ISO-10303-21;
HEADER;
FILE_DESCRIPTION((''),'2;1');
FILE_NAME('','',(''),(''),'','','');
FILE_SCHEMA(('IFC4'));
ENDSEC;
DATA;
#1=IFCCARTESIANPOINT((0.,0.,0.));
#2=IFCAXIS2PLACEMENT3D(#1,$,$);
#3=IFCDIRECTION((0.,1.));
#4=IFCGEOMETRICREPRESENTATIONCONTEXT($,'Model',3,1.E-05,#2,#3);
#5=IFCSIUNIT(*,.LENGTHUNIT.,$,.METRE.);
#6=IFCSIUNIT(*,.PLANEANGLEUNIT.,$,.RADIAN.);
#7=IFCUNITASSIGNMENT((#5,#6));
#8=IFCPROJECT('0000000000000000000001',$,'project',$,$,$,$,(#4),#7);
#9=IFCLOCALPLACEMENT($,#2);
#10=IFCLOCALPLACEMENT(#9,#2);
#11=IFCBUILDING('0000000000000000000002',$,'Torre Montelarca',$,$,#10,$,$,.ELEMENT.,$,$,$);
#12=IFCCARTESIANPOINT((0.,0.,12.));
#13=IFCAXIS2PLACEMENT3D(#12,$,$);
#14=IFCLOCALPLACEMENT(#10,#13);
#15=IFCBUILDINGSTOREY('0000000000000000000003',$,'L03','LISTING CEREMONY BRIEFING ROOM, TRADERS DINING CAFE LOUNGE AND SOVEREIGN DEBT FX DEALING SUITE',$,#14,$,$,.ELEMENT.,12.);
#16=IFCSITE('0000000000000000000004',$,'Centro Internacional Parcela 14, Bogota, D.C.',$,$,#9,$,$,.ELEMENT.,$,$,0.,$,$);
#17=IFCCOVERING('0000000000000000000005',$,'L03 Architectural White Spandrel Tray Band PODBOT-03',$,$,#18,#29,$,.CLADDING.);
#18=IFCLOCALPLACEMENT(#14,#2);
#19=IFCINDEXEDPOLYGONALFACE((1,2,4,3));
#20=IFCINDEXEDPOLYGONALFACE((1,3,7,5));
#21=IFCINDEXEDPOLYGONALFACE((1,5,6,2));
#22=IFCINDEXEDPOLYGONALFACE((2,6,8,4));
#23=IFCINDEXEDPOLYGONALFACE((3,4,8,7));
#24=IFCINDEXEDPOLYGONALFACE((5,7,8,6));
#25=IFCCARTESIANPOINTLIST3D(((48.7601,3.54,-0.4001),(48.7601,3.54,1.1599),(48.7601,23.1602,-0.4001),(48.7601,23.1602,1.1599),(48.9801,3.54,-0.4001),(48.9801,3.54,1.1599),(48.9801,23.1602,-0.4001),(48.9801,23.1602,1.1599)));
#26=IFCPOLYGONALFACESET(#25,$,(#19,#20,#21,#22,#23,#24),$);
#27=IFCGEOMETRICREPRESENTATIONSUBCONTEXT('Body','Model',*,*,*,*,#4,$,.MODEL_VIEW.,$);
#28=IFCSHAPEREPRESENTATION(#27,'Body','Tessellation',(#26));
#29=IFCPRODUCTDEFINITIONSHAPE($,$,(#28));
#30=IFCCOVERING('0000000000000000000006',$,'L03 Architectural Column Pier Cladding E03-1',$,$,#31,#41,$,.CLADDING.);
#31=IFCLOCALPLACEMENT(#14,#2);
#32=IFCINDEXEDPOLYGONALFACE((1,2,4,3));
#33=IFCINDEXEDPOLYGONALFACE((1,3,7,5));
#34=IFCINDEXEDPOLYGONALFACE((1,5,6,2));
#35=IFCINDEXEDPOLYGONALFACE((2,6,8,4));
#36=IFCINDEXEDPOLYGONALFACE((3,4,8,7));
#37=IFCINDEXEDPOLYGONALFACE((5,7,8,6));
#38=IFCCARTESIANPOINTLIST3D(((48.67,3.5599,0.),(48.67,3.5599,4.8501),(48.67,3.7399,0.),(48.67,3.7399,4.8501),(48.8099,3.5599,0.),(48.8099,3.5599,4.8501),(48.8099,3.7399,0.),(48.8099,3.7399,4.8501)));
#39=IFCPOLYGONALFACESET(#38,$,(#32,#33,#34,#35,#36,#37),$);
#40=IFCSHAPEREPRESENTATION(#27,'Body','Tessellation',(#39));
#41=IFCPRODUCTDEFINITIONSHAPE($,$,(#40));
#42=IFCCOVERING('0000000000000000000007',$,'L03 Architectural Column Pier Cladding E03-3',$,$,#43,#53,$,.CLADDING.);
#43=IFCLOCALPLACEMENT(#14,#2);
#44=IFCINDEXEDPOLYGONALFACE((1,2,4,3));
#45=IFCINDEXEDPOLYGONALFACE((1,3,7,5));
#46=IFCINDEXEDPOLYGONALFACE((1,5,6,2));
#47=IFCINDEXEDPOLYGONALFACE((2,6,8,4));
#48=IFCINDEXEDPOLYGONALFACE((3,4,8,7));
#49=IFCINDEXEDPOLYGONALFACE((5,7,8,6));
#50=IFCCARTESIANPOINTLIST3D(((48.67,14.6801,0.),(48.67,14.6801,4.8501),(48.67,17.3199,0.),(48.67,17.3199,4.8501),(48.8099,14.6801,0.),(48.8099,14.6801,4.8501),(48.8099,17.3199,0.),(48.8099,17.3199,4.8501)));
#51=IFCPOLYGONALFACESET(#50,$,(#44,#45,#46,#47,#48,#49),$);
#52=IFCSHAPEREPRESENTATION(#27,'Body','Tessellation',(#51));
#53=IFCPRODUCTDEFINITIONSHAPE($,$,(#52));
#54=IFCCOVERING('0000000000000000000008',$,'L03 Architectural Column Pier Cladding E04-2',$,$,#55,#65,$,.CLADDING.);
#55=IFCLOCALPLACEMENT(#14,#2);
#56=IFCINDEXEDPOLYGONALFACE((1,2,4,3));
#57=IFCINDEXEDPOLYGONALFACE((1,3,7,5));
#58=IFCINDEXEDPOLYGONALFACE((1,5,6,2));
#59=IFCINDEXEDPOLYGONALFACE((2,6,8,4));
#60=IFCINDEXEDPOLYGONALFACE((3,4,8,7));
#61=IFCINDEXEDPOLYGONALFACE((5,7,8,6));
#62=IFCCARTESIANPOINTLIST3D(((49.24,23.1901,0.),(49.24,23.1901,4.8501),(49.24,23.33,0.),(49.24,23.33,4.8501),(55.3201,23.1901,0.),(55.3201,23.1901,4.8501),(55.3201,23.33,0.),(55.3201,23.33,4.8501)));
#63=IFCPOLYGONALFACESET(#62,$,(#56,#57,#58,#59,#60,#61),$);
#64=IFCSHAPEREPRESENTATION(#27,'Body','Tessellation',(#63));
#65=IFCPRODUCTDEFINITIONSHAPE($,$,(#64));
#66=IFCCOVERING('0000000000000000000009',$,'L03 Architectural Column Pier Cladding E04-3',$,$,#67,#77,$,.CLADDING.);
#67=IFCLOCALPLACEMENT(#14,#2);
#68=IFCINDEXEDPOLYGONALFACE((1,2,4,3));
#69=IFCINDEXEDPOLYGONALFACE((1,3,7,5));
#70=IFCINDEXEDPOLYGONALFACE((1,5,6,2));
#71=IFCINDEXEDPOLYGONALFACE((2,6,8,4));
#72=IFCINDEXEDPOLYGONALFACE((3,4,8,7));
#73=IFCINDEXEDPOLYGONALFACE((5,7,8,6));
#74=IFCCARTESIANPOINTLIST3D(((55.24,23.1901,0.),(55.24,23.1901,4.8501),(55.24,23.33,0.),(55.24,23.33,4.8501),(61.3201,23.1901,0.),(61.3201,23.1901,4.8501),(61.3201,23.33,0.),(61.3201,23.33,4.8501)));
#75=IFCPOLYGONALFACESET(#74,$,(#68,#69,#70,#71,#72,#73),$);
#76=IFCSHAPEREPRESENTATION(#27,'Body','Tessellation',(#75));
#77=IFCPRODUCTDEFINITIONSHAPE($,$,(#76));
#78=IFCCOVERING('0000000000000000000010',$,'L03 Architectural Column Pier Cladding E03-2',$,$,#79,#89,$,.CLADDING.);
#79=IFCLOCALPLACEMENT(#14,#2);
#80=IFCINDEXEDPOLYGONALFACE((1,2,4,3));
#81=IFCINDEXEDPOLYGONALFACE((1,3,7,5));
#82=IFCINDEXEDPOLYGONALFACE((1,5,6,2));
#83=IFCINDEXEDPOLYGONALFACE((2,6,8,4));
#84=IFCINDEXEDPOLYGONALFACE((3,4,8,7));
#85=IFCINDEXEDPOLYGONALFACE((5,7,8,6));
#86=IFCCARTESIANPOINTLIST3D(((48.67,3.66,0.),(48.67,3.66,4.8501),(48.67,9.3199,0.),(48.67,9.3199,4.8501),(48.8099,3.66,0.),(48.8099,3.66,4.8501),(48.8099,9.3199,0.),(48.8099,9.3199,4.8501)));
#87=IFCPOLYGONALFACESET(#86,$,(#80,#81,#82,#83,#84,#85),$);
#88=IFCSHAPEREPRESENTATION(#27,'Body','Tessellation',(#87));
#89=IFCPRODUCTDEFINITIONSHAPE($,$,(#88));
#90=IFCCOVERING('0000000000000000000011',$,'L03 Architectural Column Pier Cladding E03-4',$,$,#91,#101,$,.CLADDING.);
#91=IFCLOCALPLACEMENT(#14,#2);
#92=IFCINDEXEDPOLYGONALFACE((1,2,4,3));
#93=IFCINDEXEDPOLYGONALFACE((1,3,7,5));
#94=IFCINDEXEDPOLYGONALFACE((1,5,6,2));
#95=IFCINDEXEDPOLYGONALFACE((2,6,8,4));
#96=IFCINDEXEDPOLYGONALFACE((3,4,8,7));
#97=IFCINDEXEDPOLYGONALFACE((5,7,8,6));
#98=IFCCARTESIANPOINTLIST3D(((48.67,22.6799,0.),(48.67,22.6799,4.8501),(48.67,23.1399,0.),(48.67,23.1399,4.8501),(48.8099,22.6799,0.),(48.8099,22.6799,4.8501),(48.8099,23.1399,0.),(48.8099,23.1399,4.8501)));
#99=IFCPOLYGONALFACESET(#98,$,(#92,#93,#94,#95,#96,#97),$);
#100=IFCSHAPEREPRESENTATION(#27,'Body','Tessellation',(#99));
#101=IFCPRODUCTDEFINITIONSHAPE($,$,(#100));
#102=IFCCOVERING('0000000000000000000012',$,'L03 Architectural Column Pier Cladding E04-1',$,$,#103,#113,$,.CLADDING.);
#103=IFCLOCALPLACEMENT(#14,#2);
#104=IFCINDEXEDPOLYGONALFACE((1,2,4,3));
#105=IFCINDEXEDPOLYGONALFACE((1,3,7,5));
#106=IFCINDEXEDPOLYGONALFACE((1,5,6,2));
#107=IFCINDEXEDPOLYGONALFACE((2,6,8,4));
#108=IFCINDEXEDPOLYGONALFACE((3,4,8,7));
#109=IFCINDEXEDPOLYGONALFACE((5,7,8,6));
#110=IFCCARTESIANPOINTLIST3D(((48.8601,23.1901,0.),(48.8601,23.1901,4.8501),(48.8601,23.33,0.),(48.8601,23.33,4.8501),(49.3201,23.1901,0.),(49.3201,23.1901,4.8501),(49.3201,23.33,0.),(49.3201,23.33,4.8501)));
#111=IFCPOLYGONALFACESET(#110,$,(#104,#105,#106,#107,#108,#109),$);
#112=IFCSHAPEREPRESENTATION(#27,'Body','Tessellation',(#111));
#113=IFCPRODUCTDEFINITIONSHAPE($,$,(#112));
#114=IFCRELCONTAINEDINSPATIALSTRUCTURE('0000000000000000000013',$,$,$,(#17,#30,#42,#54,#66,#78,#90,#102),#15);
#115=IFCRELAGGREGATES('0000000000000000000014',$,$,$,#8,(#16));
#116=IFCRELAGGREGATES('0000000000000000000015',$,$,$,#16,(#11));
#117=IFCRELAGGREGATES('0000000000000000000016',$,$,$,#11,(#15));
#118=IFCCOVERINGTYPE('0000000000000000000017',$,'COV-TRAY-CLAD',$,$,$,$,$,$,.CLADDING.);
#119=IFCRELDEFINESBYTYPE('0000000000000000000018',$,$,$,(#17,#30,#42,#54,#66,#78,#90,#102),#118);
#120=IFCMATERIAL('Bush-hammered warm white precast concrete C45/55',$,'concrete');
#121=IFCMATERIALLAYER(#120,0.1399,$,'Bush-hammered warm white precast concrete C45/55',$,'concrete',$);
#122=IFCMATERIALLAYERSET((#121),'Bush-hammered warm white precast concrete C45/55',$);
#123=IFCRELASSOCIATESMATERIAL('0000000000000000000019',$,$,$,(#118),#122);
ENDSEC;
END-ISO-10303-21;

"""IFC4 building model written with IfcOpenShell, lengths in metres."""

from ifc_helpers import new_model, si_unit, direction, frame, origin, origin_2d, place, context, subcontext, project, spatial, rectangle, extrude, source, transform, mapped, material, layer, layer_set, type_object, element, save


model = new_model("IFC4")

# Units and contexts
model_context = context("Model", 3, precision=1e-05, world=origin(), true_north=direction((0.0, 1.0)))
body_context = subcontext(model_context, "Body", "Model", "MODEL_VIEW")
ifc_project = project(units=[si_unit("LENGTHUNIT", "METRE"), si_unit("PLANEANGLEUNIT", "RADIAN")], contexts=[model_context])

# Site, building, storey
site_placement = place(None, origin())
site = spatial("IfcSite", under=ifc_project, at=site_placement, Name="Centro Internacional Parcela 14, Bogota, D.C.", CompositionType="ELEMENT", RefElevation=0.0)
building_placement = place(site_placement, origin())
building = spatial("IfcBuilding", under=site, at=building_placement, Name="Torre Montelarca", CompositionType="ELEMENT")
storey_placement = place(building_placement, frame((0.0, 0.0, 12.0)))
storey = spatial("IfcBuildingStorey", under=building, at=storey_placement, Name="L03", Description="LISTING CEREMONY BRIEFING ROOM, TRADERS DINING CAFE LOUNGE AND SOVEREIGN DEBT FX DEALING SUITE", CompositionType="ELEMENT", Elevation=12.0)

# Coverings
ifc_material_1 = material(Name="Bush-hammered warm white precast concrete C45/55", Category="concrete")
ifc_layer_1 = layer(ifc_material_1, 0.1399, Name="Bush-hammered warm white precast concrete C45/55", Category="concrete")
ifc_layer_set_1 = layer_set([ifc_layer_1], Name="Bush-hammered warm white precast concrete C45/55")
covering_type = type_object("IfcCoveringType", Name="COV-TRAY-CLAD", PredefinedType="CLADDING", material=ifc_layer_set_1)
shared_shape_1 = source(origin(), body_context, "Body", "SweptSolid", [
    extrude(rectangle(XDim=19.6201, YDim=0.22, at=origin_2d()), origin(), (0.0, 0.0, 1.0), 1.5601),
])
covering_1_placement = place(storey_placement, frame((48.8701, 13.3501, -0.4001), z_axis=(0.0, 0.0, 1.0), x_axis=(0.0, 1.0, 0.0)))
element("IfcCovering", 1, at=covering_1_placement, inside=storey, type_object=covering_type, Name="L03 Architectural White Spandrel Tray Band PODBOT-03", PredefinedType="CLADDING", context=body_context, shape_type="MappedRepresentation", body=[
    mapped(shared_shape_1, transform((0.0, 0.0, 0.0), scale=1.0)),
])
shared_shape_2 = source(origin(), body_context, "Body", "SweptSolid", [
    extrude(rectangle(XDim=0.1799, YDim=0.1399, at=origin_2d()), origin(), (0.0, 0.0, 1.0), 4.8501),
])
covering_2_placement = place(storey_placement, frame((48.74, 3.6499, 0.0), z_axis=(0.0, 0.0, 1.0), x_axis=(0.0, 1.0, 0.0)))
element("IfcCovering", 2, at=covering_2_placement, inside=storey, type_object=covering_type, Name="L03 Architectural Column Pier Cladding E03-1", PredefinedType="CLADDING", context=body_context, shape_type="MappedRepresentation", body=[
    mapped(shared_shape_2, transform((0.0, 0.0, 0.0), scale=1.0)),
])
shared_shape_3 = source(origin(), body_context, "Body", "SweptSolid", [
    extrude(rectangle(XDim=2.6399, YDim=0.1399, at=origin_2d()), origin(), (0.0, 0.0, 1.0), 4.8501),
])
covering_3_placement = place(storey_placement, frame((48.74, 16.0, 0.0), z_axis=(0.0, 0.0, 1.0), x_axis=(0.0, 1.0, 0.0)))
element("IfcCovering", 3, at=covering_3_placement, inside=storey, type_object=covering_type, Name="L03 Architectural Column Pier Cladding E03-3", PredefinedType="CLADDING", context=body_context, shape_type="MappedRepresentation", body=[
    mapped(shared_shape_3, transform((0.0, 0.0, 0.0), scale=1.0)),
])
shared_shape_4 = source(origin(), body_context, "Body", "SweptSolid", [
    extrude(rectangle(XDim=6.0801, YDim=0.1399, at=origin_2d()), origin(), (0.0, 0.0, 1.0), 4.8501),
])
for number, where, z_axis, x_axis, name in (
    (4, (52.28, 23.26, 0.0), (0.0, 0.0, 1.0), (1.0, 0.0, 0.0), "L03 Architectural Column Pier Cladding E04-2"),
    (5, (58.28, 23.26, 0.0), (0.0, 0.0, 1.0), (1.0, 0.0, 0.0), "L03 Architectural Column Pier Cladding E04-3"),
):
    element("IfcCovering", number, at=place(storey_placement, frame(where, z_axis=z_axis, x_axis=x_axis)), inside=storey, type_object=covering_type, Name=name, PredefinedType="CLADDING", context=body_context, shape_type="MappedRepresentation", body=[
        mapped(shared_shape_4, transform((0.0, 0.0, 0.0), scale=1.0)),
    ])
shared_shape_5 = source(origin(), body_context, "Body", "SweptSolid", [
    extrude(rectangle(XDim=5.6599, YDim=0.1399, at=origin_2d()), origin(), (0.0, 0.0, 1.0), 4.8501),
])
covering_4_placement = place(storey_placement, frame((48.74, 6.49, 0.0), z_axis=(0.0, 0.0, 1.0), x_axis=(0.0, 1.0, 0.0)))
element("IfcCovering", 6, at=covering_4_placement, inside=storey, type_object=covering_type, Name="L03 Architectural Column Pier Cladding E03-2", PredefinedType="CLADDING", context=body_context, shape_type="MappedRepresentation", body=[
    mapped(shared_shape_5, transform((0.0, 0.0, 0.0), scale=1.0)),
])
shared_shape_6 = source(origin(), body_context, "Body", "SweptSolid", [
    extrude(rectangle(XDim=0.46, YDim=0.1399, at=origin_2d()), origin(), (0.0, 0.0, 1.0), 4.8501),
])
for number, where, z_axis, x_axis, name in (
    (7, (48.74, 22.9099, 0.0), (0.0, 0.0, 1.0), (0.0, 1.0, 0.0), "L03 Architectural Column Pier Cladding E03-4"),
    (8, (49.0901, 23.26, 0.0), (0.0, 0.0, 1.0), (1.0, 0.0, 0.0), "L03 Architectural Column Pier Cladding E04-1"),
):
    element("IfcCovering", number, at=place(storey_placement, frame(where, z_axis=z_axis, x_axis=x_axis)), inside=storey, type_object=covering_type, Name=name, PredefinedType="CLADDING", context=body_context, shape_type="MappedRepresentation", body=[
        mapped(shared_shape_6, transform((0.0, 0.0, 0.0), scale=1.0)),
    ])

save(model, "model.ifc")
